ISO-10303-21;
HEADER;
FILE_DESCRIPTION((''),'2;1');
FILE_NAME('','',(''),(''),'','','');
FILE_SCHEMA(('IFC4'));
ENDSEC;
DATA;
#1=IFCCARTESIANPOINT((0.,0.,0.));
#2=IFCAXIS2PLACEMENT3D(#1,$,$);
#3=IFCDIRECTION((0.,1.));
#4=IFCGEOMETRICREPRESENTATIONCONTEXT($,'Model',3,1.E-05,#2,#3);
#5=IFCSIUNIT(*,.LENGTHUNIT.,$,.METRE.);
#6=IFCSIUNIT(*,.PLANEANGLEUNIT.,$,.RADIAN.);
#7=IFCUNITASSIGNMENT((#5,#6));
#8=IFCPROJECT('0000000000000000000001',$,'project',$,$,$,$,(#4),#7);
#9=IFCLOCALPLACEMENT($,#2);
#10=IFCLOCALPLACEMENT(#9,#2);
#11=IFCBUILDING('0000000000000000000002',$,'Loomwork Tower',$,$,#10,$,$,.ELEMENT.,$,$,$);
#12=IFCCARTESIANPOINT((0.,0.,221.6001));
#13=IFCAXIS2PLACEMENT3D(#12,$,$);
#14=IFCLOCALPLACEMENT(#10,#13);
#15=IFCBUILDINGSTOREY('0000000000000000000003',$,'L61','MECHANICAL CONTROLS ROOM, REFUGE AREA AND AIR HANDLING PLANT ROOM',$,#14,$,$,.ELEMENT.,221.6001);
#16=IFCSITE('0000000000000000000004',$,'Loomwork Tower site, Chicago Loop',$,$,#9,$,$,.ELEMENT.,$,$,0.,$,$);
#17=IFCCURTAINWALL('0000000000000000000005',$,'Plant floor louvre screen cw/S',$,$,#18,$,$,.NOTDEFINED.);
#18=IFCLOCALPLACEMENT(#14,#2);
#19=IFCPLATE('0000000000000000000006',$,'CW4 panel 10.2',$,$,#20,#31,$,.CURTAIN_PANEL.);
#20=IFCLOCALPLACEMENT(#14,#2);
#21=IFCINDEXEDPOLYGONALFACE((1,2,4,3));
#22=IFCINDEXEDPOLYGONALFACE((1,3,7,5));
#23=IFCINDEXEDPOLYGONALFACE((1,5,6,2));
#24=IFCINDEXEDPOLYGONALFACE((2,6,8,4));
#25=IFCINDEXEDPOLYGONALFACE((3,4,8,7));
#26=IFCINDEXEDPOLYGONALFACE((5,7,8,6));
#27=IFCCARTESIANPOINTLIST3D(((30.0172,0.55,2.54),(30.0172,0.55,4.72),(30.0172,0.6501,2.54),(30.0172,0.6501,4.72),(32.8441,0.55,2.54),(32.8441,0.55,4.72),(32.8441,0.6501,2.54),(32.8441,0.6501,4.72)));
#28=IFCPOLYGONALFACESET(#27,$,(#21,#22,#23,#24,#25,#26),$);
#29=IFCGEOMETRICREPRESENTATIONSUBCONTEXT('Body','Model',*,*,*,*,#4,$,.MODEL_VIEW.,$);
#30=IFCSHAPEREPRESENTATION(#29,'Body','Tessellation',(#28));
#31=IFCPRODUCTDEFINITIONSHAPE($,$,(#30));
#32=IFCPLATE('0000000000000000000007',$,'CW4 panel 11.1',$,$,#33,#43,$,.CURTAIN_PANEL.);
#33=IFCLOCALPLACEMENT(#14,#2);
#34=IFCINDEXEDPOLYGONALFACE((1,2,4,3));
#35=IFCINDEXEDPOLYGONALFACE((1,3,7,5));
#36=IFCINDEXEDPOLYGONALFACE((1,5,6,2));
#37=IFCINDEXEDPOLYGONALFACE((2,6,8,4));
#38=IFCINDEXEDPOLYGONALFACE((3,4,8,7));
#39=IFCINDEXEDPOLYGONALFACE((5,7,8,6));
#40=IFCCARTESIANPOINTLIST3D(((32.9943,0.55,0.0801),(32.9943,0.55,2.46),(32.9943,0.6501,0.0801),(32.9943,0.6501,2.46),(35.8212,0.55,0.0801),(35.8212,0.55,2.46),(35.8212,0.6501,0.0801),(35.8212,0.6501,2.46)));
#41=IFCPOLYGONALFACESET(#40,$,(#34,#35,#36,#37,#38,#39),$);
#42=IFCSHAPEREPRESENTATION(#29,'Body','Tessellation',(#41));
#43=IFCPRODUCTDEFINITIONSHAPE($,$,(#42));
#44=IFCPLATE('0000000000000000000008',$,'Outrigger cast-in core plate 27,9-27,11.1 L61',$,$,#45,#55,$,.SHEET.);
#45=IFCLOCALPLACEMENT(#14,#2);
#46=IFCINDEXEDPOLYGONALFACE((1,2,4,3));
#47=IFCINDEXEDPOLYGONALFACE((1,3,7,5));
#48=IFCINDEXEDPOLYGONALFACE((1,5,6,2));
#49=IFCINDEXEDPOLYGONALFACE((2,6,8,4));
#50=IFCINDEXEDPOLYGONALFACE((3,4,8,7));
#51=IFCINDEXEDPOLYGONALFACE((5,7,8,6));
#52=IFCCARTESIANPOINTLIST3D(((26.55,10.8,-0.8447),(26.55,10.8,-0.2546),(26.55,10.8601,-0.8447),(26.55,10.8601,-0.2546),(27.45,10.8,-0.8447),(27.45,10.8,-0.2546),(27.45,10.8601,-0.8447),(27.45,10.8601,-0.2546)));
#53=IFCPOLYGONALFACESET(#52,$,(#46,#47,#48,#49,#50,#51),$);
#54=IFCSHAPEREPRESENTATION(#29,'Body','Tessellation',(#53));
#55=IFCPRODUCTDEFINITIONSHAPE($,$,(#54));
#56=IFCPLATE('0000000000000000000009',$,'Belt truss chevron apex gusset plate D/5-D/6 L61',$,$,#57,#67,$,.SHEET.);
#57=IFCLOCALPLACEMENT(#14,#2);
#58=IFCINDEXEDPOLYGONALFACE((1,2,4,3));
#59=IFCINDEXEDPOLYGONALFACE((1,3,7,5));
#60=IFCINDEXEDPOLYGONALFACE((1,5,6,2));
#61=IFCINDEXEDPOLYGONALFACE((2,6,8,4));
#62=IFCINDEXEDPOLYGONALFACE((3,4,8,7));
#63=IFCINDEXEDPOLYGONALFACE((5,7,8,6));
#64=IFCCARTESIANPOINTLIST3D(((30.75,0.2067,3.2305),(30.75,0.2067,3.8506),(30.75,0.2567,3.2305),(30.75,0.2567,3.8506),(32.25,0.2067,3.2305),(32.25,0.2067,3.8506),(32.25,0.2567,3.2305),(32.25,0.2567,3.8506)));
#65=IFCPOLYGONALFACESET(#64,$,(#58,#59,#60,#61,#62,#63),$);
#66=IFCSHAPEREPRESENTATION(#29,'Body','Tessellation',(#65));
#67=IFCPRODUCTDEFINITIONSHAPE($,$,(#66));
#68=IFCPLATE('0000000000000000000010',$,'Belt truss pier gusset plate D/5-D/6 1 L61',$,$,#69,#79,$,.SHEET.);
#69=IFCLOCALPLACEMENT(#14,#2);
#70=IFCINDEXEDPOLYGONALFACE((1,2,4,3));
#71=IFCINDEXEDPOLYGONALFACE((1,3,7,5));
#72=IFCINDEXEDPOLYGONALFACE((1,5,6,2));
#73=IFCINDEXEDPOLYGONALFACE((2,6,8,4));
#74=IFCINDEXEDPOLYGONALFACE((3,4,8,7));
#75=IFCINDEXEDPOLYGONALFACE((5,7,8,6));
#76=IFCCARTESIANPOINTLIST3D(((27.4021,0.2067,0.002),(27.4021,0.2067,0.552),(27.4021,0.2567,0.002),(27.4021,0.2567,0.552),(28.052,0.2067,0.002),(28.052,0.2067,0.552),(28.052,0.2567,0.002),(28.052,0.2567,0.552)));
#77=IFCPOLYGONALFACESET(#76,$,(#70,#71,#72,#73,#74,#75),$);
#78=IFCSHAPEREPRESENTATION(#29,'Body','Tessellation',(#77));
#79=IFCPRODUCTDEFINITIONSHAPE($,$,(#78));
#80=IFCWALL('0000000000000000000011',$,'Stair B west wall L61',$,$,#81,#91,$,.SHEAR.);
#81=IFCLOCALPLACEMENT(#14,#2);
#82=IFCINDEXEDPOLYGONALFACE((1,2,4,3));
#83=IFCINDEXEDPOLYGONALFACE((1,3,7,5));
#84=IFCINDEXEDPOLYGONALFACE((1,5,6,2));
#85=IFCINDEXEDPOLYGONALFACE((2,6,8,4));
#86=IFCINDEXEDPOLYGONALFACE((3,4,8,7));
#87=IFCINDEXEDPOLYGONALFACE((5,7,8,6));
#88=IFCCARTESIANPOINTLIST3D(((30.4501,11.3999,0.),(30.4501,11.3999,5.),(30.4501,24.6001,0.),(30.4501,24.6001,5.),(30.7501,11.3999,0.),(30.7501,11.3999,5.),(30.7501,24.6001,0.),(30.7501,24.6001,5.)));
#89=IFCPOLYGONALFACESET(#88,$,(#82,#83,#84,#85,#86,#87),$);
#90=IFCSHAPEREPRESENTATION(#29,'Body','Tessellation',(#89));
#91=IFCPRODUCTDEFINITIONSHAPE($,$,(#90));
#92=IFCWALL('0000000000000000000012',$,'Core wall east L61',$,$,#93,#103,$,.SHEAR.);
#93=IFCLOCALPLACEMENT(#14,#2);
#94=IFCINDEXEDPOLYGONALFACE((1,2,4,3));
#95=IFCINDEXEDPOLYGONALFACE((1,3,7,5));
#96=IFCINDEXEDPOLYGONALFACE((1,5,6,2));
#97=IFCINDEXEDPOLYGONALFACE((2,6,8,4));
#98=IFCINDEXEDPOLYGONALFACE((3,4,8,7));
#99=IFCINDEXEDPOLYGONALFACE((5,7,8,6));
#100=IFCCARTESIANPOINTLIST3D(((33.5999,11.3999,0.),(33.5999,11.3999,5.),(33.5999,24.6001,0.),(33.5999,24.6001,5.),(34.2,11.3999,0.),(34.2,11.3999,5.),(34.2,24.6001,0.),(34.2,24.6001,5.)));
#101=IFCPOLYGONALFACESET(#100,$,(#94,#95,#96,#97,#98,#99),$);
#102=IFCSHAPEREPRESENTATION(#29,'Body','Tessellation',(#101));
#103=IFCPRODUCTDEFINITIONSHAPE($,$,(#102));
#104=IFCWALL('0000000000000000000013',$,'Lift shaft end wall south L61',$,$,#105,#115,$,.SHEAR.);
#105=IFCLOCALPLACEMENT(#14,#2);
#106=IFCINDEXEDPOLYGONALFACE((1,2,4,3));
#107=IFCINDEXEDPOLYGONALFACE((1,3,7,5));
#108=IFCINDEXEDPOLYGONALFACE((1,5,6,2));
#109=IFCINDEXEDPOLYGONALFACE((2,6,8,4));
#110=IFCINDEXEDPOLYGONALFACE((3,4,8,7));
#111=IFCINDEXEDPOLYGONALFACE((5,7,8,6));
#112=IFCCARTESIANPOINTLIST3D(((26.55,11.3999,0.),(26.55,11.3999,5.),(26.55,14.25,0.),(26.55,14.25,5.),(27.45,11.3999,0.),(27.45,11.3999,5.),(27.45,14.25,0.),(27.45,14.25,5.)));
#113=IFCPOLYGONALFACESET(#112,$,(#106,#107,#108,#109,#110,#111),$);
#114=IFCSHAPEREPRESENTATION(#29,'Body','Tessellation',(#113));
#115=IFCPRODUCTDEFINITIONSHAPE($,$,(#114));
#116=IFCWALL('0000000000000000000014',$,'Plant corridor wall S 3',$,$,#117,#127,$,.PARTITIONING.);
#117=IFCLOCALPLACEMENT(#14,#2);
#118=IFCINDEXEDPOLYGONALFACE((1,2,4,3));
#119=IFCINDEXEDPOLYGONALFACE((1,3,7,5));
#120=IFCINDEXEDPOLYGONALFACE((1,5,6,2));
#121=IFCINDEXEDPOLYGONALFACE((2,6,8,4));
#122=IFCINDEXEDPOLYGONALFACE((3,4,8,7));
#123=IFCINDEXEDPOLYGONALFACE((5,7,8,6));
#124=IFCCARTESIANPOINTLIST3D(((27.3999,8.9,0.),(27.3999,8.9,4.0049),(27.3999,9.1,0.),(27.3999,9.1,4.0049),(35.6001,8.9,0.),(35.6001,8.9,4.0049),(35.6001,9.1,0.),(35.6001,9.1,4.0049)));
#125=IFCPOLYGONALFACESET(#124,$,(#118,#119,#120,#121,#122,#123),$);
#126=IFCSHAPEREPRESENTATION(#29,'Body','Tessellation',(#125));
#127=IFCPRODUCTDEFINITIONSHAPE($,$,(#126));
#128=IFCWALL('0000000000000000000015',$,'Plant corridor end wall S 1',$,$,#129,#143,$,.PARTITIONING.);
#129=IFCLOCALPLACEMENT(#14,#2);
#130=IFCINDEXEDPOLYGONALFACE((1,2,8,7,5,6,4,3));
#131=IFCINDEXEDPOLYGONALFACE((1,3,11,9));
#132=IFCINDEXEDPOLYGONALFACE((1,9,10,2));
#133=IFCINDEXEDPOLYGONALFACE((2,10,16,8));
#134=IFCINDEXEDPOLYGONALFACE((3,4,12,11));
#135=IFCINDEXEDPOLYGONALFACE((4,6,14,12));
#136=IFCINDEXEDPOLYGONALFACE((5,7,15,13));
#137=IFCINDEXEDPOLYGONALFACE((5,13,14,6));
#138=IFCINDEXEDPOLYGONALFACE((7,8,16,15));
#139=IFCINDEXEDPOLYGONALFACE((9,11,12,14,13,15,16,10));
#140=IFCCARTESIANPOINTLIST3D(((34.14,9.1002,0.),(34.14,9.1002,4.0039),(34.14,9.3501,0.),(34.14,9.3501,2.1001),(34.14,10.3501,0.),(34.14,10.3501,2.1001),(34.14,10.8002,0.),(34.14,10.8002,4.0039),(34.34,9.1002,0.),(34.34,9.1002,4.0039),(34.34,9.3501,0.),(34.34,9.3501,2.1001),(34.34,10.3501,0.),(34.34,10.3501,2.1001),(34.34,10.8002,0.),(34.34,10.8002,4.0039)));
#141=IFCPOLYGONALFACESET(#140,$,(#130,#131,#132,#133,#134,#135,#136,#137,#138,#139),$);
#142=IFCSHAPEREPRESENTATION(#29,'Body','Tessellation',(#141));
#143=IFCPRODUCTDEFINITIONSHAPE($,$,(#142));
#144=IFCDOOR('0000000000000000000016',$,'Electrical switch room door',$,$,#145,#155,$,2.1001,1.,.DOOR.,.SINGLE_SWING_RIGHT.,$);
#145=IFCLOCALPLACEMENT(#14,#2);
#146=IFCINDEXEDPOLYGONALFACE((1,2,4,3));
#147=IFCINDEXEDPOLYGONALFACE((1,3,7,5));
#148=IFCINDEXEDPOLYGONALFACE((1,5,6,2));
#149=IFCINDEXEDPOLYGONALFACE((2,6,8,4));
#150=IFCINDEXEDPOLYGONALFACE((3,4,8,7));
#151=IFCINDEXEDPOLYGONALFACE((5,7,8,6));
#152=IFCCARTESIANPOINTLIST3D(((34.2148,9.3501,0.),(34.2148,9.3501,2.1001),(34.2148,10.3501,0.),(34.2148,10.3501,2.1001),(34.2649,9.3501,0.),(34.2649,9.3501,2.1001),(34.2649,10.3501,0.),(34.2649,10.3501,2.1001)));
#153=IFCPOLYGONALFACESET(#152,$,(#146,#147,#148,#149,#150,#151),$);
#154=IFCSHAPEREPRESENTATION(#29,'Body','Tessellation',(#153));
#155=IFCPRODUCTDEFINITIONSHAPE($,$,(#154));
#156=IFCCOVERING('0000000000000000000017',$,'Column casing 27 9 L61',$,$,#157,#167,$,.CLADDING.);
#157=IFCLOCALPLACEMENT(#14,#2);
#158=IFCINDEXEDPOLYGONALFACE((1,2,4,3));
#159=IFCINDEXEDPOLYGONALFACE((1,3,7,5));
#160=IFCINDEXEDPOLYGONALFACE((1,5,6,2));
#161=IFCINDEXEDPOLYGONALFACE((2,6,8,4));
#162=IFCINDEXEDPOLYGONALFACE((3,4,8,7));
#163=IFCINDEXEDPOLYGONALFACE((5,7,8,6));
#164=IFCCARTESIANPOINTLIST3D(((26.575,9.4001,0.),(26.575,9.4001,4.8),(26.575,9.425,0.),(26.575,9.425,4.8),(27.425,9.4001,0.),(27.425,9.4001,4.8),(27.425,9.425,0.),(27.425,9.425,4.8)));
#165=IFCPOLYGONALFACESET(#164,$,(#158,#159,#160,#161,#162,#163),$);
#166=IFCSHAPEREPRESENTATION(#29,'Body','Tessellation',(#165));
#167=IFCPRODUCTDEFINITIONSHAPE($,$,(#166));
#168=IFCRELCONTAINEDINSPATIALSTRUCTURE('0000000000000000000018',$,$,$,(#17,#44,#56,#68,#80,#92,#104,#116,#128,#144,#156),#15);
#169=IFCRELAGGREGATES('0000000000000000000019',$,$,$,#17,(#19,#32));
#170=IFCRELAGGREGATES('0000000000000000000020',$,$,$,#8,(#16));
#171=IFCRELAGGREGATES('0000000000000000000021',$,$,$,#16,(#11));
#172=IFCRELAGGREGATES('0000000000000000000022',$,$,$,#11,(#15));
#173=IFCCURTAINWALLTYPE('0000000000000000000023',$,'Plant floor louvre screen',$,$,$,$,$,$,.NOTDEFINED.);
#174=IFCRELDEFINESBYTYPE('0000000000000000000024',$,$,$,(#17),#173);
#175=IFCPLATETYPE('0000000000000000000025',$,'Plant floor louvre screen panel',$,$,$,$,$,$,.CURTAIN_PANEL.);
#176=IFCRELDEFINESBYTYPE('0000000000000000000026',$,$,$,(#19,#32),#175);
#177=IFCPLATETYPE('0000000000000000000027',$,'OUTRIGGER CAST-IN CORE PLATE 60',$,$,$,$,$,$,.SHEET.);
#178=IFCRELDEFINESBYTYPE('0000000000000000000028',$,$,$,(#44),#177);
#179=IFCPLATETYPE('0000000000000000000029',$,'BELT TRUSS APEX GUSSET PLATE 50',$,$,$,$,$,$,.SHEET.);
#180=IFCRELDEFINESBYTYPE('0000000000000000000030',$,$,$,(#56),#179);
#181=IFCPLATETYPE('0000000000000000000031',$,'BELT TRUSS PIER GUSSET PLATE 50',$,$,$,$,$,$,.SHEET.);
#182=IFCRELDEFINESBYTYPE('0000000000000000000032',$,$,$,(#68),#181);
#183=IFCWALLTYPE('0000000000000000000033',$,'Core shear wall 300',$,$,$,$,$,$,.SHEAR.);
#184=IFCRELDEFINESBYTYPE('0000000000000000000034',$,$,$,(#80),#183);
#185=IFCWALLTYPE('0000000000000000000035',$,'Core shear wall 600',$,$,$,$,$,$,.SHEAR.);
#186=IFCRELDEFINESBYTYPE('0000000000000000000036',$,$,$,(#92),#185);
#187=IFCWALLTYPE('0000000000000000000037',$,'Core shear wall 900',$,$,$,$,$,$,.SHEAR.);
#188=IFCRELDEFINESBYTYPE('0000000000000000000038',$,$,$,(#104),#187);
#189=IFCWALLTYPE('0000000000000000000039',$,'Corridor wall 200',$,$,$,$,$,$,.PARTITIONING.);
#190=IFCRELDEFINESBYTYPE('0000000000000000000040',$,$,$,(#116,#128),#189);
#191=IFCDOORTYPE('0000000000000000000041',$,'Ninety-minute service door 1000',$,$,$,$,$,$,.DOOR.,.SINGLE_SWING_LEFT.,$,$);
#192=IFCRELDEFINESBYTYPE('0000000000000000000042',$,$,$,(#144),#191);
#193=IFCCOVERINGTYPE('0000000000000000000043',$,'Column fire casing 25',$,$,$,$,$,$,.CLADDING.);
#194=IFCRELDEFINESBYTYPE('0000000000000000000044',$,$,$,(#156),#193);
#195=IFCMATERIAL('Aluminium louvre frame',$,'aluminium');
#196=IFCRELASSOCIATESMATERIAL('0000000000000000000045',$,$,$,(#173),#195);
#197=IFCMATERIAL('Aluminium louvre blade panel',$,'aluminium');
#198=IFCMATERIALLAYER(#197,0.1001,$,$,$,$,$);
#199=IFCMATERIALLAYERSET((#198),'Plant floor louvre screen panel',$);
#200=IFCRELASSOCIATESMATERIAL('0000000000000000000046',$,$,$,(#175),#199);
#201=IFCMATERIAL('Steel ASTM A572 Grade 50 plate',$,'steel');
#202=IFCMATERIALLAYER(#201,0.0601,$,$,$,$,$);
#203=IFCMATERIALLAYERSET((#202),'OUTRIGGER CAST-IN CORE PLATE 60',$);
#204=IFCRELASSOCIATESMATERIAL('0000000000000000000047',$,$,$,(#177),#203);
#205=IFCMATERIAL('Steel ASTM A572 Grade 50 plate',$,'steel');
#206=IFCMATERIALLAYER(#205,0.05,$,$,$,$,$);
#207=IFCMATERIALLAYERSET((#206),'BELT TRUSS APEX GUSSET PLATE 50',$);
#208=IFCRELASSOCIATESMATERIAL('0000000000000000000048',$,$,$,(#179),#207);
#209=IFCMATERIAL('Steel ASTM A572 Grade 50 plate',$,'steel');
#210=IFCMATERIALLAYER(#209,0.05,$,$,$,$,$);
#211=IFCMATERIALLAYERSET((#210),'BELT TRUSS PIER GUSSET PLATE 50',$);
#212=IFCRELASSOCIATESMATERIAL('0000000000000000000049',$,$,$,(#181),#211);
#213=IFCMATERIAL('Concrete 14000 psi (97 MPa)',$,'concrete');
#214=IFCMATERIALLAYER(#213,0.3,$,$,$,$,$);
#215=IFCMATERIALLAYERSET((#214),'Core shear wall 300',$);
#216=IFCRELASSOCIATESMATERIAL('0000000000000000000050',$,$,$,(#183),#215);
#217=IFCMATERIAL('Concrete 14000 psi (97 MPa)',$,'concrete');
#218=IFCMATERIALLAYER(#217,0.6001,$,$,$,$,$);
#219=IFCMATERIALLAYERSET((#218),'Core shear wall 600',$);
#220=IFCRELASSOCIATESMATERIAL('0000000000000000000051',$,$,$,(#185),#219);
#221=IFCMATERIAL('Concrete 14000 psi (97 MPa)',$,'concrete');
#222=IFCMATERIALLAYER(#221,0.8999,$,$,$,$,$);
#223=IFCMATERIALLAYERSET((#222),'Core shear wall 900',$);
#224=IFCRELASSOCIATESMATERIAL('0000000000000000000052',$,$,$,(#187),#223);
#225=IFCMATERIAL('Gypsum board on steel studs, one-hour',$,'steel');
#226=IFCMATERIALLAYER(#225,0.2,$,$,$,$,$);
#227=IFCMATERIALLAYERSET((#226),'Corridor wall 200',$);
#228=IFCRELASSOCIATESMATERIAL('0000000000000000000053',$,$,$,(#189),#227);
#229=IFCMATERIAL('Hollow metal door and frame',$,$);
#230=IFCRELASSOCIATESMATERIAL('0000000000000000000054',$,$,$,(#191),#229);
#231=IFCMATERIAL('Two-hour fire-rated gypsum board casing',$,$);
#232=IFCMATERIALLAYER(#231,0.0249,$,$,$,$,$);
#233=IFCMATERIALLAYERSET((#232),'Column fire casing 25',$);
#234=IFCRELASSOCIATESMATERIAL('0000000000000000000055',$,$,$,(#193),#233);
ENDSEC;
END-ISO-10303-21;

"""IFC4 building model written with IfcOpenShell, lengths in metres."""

from ifc_helpers import new_model, si_unit, direction, frame, frame_2d, origin, origin_2d, place, context, subcontext, project, spatial, rectangle, extrude, material, layer, layer_set, type_object, element, fill, aggregate, save


model = new_model("IFC4")

# Units and contexts
model_context = context("Model", 3, precision=1e-05, world=origin(), true_north=direction((0.0, 1.0)))
body_context = subcontext(model_context, "Body", "Model", "MODEL_VIEW")
ifc_project = project(units=[si_unit("LENGTHUNIT", "METRE"), si_unit("PLANEANGLEUNIT", "RADIAN")], contexts=[model_context])

# Site, building, storey
site_placement = place(None, origin())
site = spatial("IfcSite", under=ifc_project, at=site_placement, Name="Loomwork Tower site, Chicago Loop", CompositionType="ELEMENT", RefElevation=0.0)
building_placement = place(site_placement, origin())
building = spatial("IfcBuilding", under=site, at=building_placement, Name="Loomwork Tower", CompositionType="ELEMENT")
storey_placement = place(building_placement, frame((0.0, 0.0, 221.6001)))
storey = spatial("IfcBuildingStorey", under=building, at=storey_placement, Name="L61", Description="MECHANICAL CONTROLS ROOM, REFUGE AREA AND AIR HANDLING PLANT ROOM", CompositionType="ELEMENT", Elevation=221.6001)

# Curtain wall
ifc_material_1 = material(Name="Aluminium louvre frame", Category="aluminium")
curtain_wall_type = type_object("IfcCurtainWallType", Name="Plant floor louvre screen", PredefinedType="NOTDEFINED", material=ifc_material_1)
curtain_wall_placement = place(storey_placement, origin())
curtain_wall = element("IfcCurtainWall", 1, at=curtain_wall_placement, inside=storey, type_object=curtain_wall_type, Name="Plant floor louvre screen cw/S", PredefinedType="NOTDEFINED")

# Plates
ifc_material_2 = material(Name="Aluminium louvre blade panel", Category="aluminium")
ifc_layer_1 = layer(ifc_material_2, 0.1001)
ifc_layer_set_1 = layer_set([ifc_layer_1], Name="Plant floor louvre screen panel")
plate_type_1 = type_object("IfcPlateType", Name="Plant floor louvre screen panel", PredefinedType="CURTAIN_PANEL", material=ifc_layer_set_1)
plate_1_placement = place(storey_placement, frame((31.4307, 0.6001, 2.54), z_axis=(0.0, 0.0, 1.0), x_axis=(1.0, 0.0, 0.0)))
plate_1 = element("IfcPlate", 2, at=plate_1_placement, type_object=plate_type_1, Name="CW4 panel 10.2", PredefinedType="CURTAIN_PANEL", context=body_context, shape_type="SweptSolid", body=[
    extrude(rectangle(XDim=2.8269, YDim=0.1001, at=origin_2d()), origin(), (0.0, 0.0, 1.0), 2.1799),
])
plate_2_placement = place(storey_placement, frame((34.4077, 0.6001, 0.0801), z_axis=(0.0, 0.0, 1.0), x_axis=(1.0, 0.0, 0.0)))
plate_2 = element("IfcPlate", 3, at=plate_2_placement, type_object=plate_type_1, Name="CW4 panel 11.1", PredefinedType="CURTAIN_PANEL", context=body_context, shape_type="SweptSolid", body=[
    extrude(rectangle(XDim=2.8269, YDim=0.1001, at=origin_2d()), origin(), (0.0, 0.0, 1.0), 2.3799),
])
aggregate(curtain_wall, [plate_1, plate_2])

# Plates
ifc_material_3 = material(Name="Steel ASTM A572 Grade 50 plate", Category="steel")
ifc_layer_2 = layer(ifc_material_3, 0.0601)
ifc_layer_set_2 = layer_set([ifc_layer_2], Name="OUTRIGGER CAST-IN CORE PLATE 60")
plate_type_2 = type_object("IfcPlateType", Name="OUTRIGGER CAST-IN CORE PLATE 60", PredefinedType="SHEET", material=ifc_layer_set_2)
plate_3_placement = place(storey_placement, frame((27.0, 10.8301, -0.8447), z_axis=(0.0, 0.0, 1.0), x_axis=(1.0, 0.0, 0.0)))
element("IfcPlate", 4, at=plate_3_placement, inside=storey, type_object=plate_type_2, Name="Outrigger cast-in core plate 27,9-27,11.1 L61", PredefinedType="SHEET", context=body_context, shape_type="SweptSolid", body=[
    extrude(rectangle(XDim=0.8999, YDim=0.0601, at=origin_2d()), origin(), (0.0, 0.0, 1.0), 0.5901),
])
ifc_material_4 = material(Name="Steel ASTM A572 Grade 50 plate", Category="steel")
ifc_layer_3 = layer(ifc_material_4, 0.05)
ifc_layer_set_3 = layer_set([ifc_layer_3], Name="BELT TRUSS APEX GUSSET PLATE 50")
plate_type_3 = type_object("IfcPlateType", Name="BELT TRUSS APEX GUSSET PLATE 50", PredefinedType="SHEET", material=ifc_layer_set_3)
plate_4_placement = place(storey_placement, frame((31.5, 0.2317, 3.2305), z_axis=(0.0, 0.0, 1.0), x_axis=(1.0, 0.0, 0.0)))
element("IfcPlate", 5, at=plate_4_placement, inside=storey, type_object=plate_type_3, Name="Belt truss chevron apex gusset plate D/5-D/6 L61", PredefinedType="SHEET", context=body_context, shape_type="SweptSolid", body=[
    extrude(rectangle(XDim=1.5, YDim=0.05, at=origin_2d()), origin(), (0.0, 0.0, 1.0), 0.6201),
])
ifc_material_5 = material(Name="Steel ASTM A572 Grade 50 plate", Category="steel")
ifc_layer_4 = layer(ifc_material_5, 0.05)
ifc_layer_set_4 = layer_set([ifc_layer_4], Name="BELT TRUSS PIER GUSSET PLATE 50")
plate_type_4 = type_object("IfcPlateType", Name="BELT TRUSS PIER GUSSET PLATE 50", PredefinedType="SHEET", material=ifc_layer_set_4)
plate_5_placement = place(storey_placement, frame((27.7271, 0.2317, 0.002), z_axis=(0.0, 0.0, 1.0), x_axis=(1.0, 0.0, 0.0)))
element("IfcPlate", 6, at=plate_5_placement, inside=storey, type_object=plate_type_4, Name="Belt truss pier gusset plate D/5-D/6 1 L61", PredefinedType="SHEET", context=body_context, shape_type="SweptSolid", body=[
    extrude(rectangle(XDim=0.6499, YDim=0.05, at=origin_2d()), origin(), (0.0, 0.0, 1.0), 0.55),
])

# Walls
ifc_material_6 = material(Name="Concrete 14000 psi (97 MPa)", Category="concrete")
ifc_layer_5 = layer(ifc_material_6, 0.3)
ifc_layer_set_5 = layer_set([ifc_layer_5], Name="Core shear wall 300")
wall_type_1 = type_object("IfcWallType", Name="Core shear wall 300", PredefinedType="SHEAR", material=ifc_layer_set_5)
wall_1_placement = place(storey_placement, frame((30.6001, 11.3999, 0.0), z_axis=(0.0, 0.0, 1.0), x_axis=(0.0, 1.0, 0.0)))
element("IfcWall", 7, at=wall_1_placement, inside=storey, type_object=wall_type_1, Name="Stair B west wall L61", PredefinedType="SHEAR", context=body_context, shape_type="SweptSolid", body=[
    extrude(rectangle(XDim=13.2002, YDim=0.3, at=frame_2d((6.6001, 0.0))), origin(), (0.0, 0.0, 1.0), 5.0),
])
ifc_material_7 = material(Name="Concrete 14000 psi (97 MPa)", Category="concrete")
ifc_layer_6 = layer(ifc_material_7, 0.6001)
ifc_layer_set_6 = layer_set([ifc_layer_6], Name="Core shear wall 600")
wall_type_2 = type_object("IfcWallType", Name="Core shear wall 600", PredefinedType="SHEAR", material=ifc_layer_set_6)
wall_2_placement = place(storey_placement, frame((33.8999, 11.3999, 0.0), z_axis=(0.0, 0.0, 1.0), x_axis=(0.0, 1.0, 0.0)))
element("IfcWall", 8, at=wall_2_placement, inside=storey, type_object=wall_type_2, Name="Core wall east L61", PredefinedType="SHEAR", context=body_context, shape_type="SweptSolid", body=[
    extrude(rectangle(XDim=13.2002, YDim=0.6001, at=frame_2d((6.6001, 0.0))), origin(), (0.0, 0.0, 1.0), 5.0),
])
ifc_material_8 = material(Name="Concrete 14000 psi (97 MPa)", Category="concrete")
ifc_layer_7 = layer(ifc_material_8, 0.8999)
ifc_layer_set_7 = layer_set([ifc_layer_7], Name="Core shear wall 900")
wall_type_3 = type_object("IfcWallType", Name="Core shear wall 900", PredefinedType="SHEAR", material=ifc_layer_set_7)
wall_3_placement = place(storey_placement, frame((27.0, 11.3999, 0.0), z_axis=(0.0, 0.0, 1.0), x_axis=(0.0, 1.0, 0.0)))
element("IfcWall", 9, at=wall_3_placement, inside=storey, type_object=wall_type_3, Name="Lift shaft end wall south L61", PredefinedType="SHEAR", context=body_context, shape_type="SweptSolid", body=[
    extrude(rectangle(XDim=2.8501, YDim=0.8999, at=frame_2d((1.425, 0.0))), origin(), (0.0, 0.0, 1.0), 5.0),
])
ifc_material_9 = material(Name="Gypsum board on steel studs, one-hour", Category="steel")
ifc_layer_8 = layer(ifc_material_9, 0.2)
ifc_layer_set_8 = layer_set([ifc_layer_8], Name="Corridor wall 200")
wall_type_4 = type_object("IfcWallType", Name="Corridor wall 200", PredefinedType="PARTITIONING", material=ifc_layer_set_8)
wall_4_placement = place(storey_placement, frame((27.3999, 9.0, 0.0), z_axis=(0.0, 0.0, 1.0), x_axis=(1.0, 0.0, 0.0)))
element("IfcWall", 10, at=wall_4_placement, inside=storey, type_object=wall_type_4, Name="Plant corridor wall S 3", PredefinedType="PARTITIONING", context=body_context, shape_type="SweptSolid", body=[
    extrude(rectangle(XDim=8.2002, YDim=0.2, at=frame_2d((4.1001, 0.0))), origin(), (0.0, 0.0, 1.0), 4.0049),
])

# Wall, opening, door
wall_5_placement = place(storey_placement, frame((34.24, 9.1001, 0.0), z_axis=(0.0, 0.0, 1.0), x_axis=(0.0, 1.0, 0.0)))
wall_5 = element("IfcWall", 11, at=wall_5_placement, inside=storey, type_object=wall_type_4, Name="Plant corridor end wall S 1", PredefinedType="PARTITIONING", context=body_context, shape_type="SweptSolid", body=[
    extrude(rectangle(XDim=1.7, YDim=0.2, at=frame_2d((0.8501, 0.0))), origin(), (0.0, 0.0, 1.0), 4.0039),
])
opening_placement = place(wall_5_placement, frame((0.25, 0.0, 0.0)))
opening = element("IfcOpeningElement", 12, at=opening_placement, cuts=wall_5, PredefinedType="OPENING", context=body_context, shape_type="SweptSolid", body=[
    extrude(rectangle(XDim=1.0, YDim=2.1001, at=frame_2d((0.5, 1.05))), frame((0.0, 0.1099, 0.0), z_axis=(0.0, -1.0, 0.0), x_axis=(1.0, 0.0, 0.0)), (0.0, 0.0, 1.0), 0.22),
])
ifc_material_10 = material(Name="Hollow metal door and frame")
door_type = type_object("IfcDoorType", Name="Ninety-minute service door 1000", OperationType="SINGLE_SWING_LEFT", PredefinedType="DOOR", material=ifc_material_10)
door_placement = place(opening_placement, frame((1.0, 0.0, 0.0), z_axis=(0.0, 0.0, 1.0), x_axis=(-1.0, 0.0, 0.0)))
door = element("IfcDoor", 13, at=door_placement, inside=storey, type_object=door_type, Name="Electrical switch room door", OperationType="SINGLE_SWING_RIGHT", OverallHeight=2.1001, OverallWidth=1.0, PredefinedType="DOOR", context=body_context, shape_type="SweptSolid", body=[
    extrude(rectangle(XDim=1.0, YDim=2.1001, at=frame_2d((0.5, 1.05))), frame((0.0, 0.0249, 0.0), z_axis=(0.0, -1.0, 0.0), x_axis=(1.0, 0.0, 0.0)), (0.0, 0.0, 1.0), 0.05),
])
fill(opening, door)

# Covering
ifc_material_11 = material(Name="Two-hour fire-rated gypsum board casing")
ifc_layer_9 = layer(ifc_material_11, 0.0249)
ifc_layer_set_9 = layer_set([ifc_layer_9], Name="Column fire casing 25")
covering_type = type_object("IfcCoveringType", Name="Column fire casing 25", PredefinedType="CLADDING", material=ifc_layer_set_9)
covering_1_placement = place(storey_placement, frame((27.0, 9.4126, 0.0), z_axis=(0.0, 0.0, 1.0), x_axis=(1.0, 0.0, 0.0)))
element("IfcCovering", 14, at=covering_1_placement, inside=storey, type_object=covering_type, Name="Column casing 27 9 L61", PredefinedType="CLADDING", context=body_context, shape_type="SweptSolid", body=[
    extrude(rectangle(XDim=0.8501, YDim=0.0249, at=origin_2d()), origin(), (0.0, 0.0, 1.0), 4.8),
])

save(model, "model.ifc")
